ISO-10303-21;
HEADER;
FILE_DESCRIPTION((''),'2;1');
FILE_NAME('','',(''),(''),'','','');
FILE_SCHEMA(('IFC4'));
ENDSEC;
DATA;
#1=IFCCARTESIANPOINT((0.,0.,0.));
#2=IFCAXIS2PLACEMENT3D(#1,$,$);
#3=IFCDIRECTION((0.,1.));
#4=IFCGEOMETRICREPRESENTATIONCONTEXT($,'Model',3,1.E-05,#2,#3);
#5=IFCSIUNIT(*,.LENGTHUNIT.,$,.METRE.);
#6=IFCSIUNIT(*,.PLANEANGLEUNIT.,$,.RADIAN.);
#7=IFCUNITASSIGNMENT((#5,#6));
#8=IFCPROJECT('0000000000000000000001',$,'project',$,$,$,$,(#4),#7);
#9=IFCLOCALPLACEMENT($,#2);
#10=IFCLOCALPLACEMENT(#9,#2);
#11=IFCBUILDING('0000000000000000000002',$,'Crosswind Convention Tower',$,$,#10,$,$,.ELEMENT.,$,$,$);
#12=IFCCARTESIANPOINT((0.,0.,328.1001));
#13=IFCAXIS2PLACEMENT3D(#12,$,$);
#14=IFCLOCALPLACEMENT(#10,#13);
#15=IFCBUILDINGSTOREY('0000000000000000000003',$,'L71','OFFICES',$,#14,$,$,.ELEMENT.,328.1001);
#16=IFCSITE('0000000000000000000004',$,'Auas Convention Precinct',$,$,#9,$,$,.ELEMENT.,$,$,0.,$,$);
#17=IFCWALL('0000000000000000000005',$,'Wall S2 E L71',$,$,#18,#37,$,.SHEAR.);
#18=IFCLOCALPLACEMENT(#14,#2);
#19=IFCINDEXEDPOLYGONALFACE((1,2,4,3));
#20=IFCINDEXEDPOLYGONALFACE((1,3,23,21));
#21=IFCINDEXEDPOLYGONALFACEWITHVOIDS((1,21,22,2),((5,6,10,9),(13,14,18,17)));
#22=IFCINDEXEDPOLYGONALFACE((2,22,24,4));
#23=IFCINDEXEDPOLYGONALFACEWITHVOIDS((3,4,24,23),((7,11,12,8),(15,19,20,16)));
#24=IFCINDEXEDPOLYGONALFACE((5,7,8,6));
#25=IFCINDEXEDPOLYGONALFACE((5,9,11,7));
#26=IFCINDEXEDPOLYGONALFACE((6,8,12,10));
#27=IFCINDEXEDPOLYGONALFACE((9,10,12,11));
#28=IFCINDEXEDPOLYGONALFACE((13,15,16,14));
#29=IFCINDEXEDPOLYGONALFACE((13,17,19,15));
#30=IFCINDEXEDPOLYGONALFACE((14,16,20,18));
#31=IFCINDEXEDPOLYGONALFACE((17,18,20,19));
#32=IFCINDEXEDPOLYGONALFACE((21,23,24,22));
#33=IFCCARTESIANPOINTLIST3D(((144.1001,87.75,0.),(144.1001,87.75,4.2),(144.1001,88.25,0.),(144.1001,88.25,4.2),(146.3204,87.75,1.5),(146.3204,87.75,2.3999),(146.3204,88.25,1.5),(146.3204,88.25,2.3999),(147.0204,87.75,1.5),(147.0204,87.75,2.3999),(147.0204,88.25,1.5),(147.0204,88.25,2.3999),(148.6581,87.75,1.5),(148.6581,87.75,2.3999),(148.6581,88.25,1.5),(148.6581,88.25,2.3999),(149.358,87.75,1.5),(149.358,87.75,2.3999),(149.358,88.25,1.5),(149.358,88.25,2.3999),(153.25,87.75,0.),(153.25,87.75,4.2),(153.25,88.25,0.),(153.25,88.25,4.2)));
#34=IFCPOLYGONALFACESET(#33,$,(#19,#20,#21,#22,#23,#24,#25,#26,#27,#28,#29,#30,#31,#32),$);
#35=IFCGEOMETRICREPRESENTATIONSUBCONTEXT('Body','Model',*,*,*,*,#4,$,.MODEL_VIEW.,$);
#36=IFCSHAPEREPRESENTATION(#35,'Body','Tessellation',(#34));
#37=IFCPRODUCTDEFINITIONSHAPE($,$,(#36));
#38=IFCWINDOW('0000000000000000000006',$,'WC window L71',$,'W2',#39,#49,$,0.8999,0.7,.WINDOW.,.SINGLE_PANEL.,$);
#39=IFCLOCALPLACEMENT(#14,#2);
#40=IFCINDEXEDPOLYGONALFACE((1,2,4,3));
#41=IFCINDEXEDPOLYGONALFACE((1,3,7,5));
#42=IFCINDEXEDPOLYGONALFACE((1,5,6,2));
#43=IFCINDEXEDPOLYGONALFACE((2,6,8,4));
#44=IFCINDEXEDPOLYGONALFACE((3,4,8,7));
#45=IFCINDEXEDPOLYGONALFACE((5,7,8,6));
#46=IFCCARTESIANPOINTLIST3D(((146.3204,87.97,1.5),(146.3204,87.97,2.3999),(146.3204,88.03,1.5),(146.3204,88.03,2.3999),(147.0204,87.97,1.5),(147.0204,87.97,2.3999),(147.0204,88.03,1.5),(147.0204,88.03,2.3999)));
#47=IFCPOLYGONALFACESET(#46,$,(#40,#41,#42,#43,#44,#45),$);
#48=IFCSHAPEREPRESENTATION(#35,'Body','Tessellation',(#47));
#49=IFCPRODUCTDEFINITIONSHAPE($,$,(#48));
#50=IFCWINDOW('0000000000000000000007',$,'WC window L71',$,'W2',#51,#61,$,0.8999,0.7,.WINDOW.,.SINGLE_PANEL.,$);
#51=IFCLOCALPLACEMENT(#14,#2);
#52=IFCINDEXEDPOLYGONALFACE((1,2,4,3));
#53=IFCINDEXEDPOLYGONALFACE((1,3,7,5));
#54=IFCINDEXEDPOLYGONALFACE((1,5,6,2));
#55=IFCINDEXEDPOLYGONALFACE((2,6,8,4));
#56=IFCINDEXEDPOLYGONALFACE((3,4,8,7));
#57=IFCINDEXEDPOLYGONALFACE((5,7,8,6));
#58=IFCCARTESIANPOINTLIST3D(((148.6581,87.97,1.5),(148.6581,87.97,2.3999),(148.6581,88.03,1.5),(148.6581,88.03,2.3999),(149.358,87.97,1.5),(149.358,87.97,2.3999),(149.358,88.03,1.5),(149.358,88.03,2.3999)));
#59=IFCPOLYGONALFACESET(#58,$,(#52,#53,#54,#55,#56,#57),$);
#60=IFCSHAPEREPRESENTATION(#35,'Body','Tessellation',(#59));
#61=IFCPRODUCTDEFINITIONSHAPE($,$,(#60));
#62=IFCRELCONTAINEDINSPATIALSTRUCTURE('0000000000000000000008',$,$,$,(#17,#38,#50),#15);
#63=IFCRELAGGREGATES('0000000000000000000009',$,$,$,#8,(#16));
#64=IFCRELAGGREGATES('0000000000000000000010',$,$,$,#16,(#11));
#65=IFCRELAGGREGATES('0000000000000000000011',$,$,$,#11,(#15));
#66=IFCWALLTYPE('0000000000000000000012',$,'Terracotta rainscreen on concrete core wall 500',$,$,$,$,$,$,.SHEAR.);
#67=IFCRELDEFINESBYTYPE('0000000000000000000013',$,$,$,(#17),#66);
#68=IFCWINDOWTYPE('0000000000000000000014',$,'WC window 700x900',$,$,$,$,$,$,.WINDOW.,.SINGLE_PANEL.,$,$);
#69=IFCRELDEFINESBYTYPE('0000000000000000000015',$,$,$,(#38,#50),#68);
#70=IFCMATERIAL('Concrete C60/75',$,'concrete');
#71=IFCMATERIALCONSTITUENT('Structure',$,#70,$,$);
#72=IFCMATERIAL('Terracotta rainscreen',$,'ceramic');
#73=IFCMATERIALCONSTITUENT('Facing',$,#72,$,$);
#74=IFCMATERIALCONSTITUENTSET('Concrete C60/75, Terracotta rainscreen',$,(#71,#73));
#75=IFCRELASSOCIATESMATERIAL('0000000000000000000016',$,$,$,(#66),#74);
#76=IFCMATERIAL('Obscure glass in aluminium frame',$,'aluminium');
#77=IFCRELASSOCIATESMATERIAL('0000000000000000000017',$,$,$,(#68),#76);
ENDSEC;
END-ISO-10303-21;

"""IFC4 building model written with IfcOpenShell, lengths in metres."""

from ifc_helpers import new_model, si_unit, direction, frame, frame_2d, origin, place, context, subcontext, project, spatial, rectangle, extrude, material, constituent, constituent_set, type_object, element, fill, save


model = new_model("IFC4")

# Units and contexts
model_context = context("Model", 3, precision=1e-05, world=origin(), true_north=direction((0.0, 1.0)))
body_context = subcontext(model_context, "Body", "Model", "MODEL_VIEW")
ifc_project = project(units=[si_unit("LENGTHUNIT", "METRE"), si_unit("PLANEANGLEUNIT", "RADIAN")], contexts=[model_context])

# Site, building, storey
site_placement = place(None, origin())
site = spatial("IfcSite", under=ifc_project, at=site_placement, Name="Auas Convention Precinct", CompositionType="ELEMENT", RefElevation=0.0)
building_placement = place(site_placement, origin())
building = spatial("IfcBuilding", under=site, at=building_placement, Name="Crosswind Convention Tower", CompositionType="ELEMENT")
storey_placement = place(building_placement, frame((0.0, 0.0, 328.1001)))
storey = spatial("IfcBuildingStorey", under=building, at=storey_placement, Name="L71", Description="OFFICES", CompositionType="ELEMENT", Elevation=328.1001)

# Shared definitions
ifc_material_1 = material(Name="Concrete C60/75", Category="concrete")
ifc_constituent_1 = constituent(ifc_material_1, Name="Structure")
ifc_material_2 = material(Name="Terracotta rainscreen", Category="ceramic")
ifc_constituent_2 = constituent(ifc_material_2, Name="Facing")
ifc_constituent_set = constituent_set(constituents=[ifc_constituent_1, ifc_constituent_2], Name="Concrete C60/75, Terracotta rainscreen")
wall_type_1 = type_object("IfcWallType", Name="Terracotta rainscreen on concrete core wall 500", PredefinedType="SHEAR", material=ifc_constituent_set)

# Wall, openings, windows
wall_1_placement = place(storey_placement, frame((144.1001, 88.0, 0.0), z_axis=(0.0, 0.0, 1.0), x_axis=(1.0, 0.0, 0.0)))
wall_1 = element("IfcWall", 1, at=wall_1_placement, inside=storey, type_object=wall_type_1, Name="Wall S2 E L71", PredefinedType="SHEAR", context=body_context, shape_type="SweptSolid", body=[
    extrude(rectangle(XDim=9.1499, YDim=0.5, at=frame_2d((4.575, 0.0))), origin(), (0.0, 0.0, 1.0), 4.2),
])
opening_1_placement = place(wall_1_placement, frame((2.2202, 0.0, 1.5)))
opening_1 = element("IfcOpeningElement", 2, at=opening_1_placement, cuts=wall_1, PredefinedType="OPENING", context=body_context, shape_type="SweptSolid", body=[
    extrude(rectangle(XDim=0.7, YDim=0.8999, at=frame_2d((0.3501, 0.45))), frame((0.0, 0.26, 0.0), z_axis=(0.0, -1.0, 0.0), x_axis=(1.0, 0.0, 0.0)), (0.0, 0.0, 1.0), 0.52),
])
opening_2_placement = place(wall_1_placement, frame((4.5579, 0.0, 1.5)))
opening_2 = element("IfcOpeningElement", 3, at=opening_2_placement, cuts=wall_1, PredefinedType="OPENING", context=body_context, shape_type="SweptSolid", body=[
    extrude(rectangle(XDim=0.7, YDim=0.8999, at=frame_2d((0.3501, 0.45))), frame((0.0, 0.26, 0.0), z_axis=(0.0, -1.0, 0.0), x_axis=(1.0, 0.0, 0.0)), (0.0, 0.0, 1.0), 0.52),
])
ifc_material_3 = material(Name="Obscure glass in aluminium frame", Category="aluminium")
window_type = type_object("IfcWindowType", Name="WC window 700x900", PartitioningType="SINGLE_PANEL", PredefinedType="WINDOW", material=ifc_material_3)
window_1_placement = place(opening_1_placement, origin())
window_1 = element("IfcWindow", 4, at=window_1_placement, inside=storey, type_object=window_type, Name="WC window L71", ObjectType="W2", OverallHeight=0.8999, OverallWidth=0.7, PartitioningType="SINGLE_PANEL", PredefinedType="WINDOW", context=body_context, shape_type="SweptSolid", body=[
    extrude(rectangle(XDim=0.7, YDim=0.8999, at=frame_2d((0.3501, 0.45))), frame((0.0, 0.03, 0.0), z_axis=(0.0, -1.0, 0.0), x_axis=(1.0, 0.0, 0.0)), (0.0, 0.0, 1.0), 0.0601),
])
fill(opening_1, window_1)
window_2_placement = place(opening_2_placement, origin())
window_2 = element("IfcWindow", 5, at=window_2_placement, inside=storey, type_object=window_type, Name="WC window L71", ObjectType="W2", OverallHeight=0.8999, OverallWidth=0.7, PartitioningType="SINGLE_PANEL", PredefinedType="WINDOW", context=body_context, shape_type="SweptSolid", body=[
    extrude(rectangle(XDim=0.7, YDim=0.8999, at=frame_2d((0.3501, 0.45))), frame((0.0, 0.03, 0.0), z_axis=(0.0, -1.0, 0.0), x_axis=(1.0, 0.0, 0.0)), (0.0, 0.0, 1.0), 0.0601),
])
fill(opening_2, window_2)

save(model, "model.ifc")
